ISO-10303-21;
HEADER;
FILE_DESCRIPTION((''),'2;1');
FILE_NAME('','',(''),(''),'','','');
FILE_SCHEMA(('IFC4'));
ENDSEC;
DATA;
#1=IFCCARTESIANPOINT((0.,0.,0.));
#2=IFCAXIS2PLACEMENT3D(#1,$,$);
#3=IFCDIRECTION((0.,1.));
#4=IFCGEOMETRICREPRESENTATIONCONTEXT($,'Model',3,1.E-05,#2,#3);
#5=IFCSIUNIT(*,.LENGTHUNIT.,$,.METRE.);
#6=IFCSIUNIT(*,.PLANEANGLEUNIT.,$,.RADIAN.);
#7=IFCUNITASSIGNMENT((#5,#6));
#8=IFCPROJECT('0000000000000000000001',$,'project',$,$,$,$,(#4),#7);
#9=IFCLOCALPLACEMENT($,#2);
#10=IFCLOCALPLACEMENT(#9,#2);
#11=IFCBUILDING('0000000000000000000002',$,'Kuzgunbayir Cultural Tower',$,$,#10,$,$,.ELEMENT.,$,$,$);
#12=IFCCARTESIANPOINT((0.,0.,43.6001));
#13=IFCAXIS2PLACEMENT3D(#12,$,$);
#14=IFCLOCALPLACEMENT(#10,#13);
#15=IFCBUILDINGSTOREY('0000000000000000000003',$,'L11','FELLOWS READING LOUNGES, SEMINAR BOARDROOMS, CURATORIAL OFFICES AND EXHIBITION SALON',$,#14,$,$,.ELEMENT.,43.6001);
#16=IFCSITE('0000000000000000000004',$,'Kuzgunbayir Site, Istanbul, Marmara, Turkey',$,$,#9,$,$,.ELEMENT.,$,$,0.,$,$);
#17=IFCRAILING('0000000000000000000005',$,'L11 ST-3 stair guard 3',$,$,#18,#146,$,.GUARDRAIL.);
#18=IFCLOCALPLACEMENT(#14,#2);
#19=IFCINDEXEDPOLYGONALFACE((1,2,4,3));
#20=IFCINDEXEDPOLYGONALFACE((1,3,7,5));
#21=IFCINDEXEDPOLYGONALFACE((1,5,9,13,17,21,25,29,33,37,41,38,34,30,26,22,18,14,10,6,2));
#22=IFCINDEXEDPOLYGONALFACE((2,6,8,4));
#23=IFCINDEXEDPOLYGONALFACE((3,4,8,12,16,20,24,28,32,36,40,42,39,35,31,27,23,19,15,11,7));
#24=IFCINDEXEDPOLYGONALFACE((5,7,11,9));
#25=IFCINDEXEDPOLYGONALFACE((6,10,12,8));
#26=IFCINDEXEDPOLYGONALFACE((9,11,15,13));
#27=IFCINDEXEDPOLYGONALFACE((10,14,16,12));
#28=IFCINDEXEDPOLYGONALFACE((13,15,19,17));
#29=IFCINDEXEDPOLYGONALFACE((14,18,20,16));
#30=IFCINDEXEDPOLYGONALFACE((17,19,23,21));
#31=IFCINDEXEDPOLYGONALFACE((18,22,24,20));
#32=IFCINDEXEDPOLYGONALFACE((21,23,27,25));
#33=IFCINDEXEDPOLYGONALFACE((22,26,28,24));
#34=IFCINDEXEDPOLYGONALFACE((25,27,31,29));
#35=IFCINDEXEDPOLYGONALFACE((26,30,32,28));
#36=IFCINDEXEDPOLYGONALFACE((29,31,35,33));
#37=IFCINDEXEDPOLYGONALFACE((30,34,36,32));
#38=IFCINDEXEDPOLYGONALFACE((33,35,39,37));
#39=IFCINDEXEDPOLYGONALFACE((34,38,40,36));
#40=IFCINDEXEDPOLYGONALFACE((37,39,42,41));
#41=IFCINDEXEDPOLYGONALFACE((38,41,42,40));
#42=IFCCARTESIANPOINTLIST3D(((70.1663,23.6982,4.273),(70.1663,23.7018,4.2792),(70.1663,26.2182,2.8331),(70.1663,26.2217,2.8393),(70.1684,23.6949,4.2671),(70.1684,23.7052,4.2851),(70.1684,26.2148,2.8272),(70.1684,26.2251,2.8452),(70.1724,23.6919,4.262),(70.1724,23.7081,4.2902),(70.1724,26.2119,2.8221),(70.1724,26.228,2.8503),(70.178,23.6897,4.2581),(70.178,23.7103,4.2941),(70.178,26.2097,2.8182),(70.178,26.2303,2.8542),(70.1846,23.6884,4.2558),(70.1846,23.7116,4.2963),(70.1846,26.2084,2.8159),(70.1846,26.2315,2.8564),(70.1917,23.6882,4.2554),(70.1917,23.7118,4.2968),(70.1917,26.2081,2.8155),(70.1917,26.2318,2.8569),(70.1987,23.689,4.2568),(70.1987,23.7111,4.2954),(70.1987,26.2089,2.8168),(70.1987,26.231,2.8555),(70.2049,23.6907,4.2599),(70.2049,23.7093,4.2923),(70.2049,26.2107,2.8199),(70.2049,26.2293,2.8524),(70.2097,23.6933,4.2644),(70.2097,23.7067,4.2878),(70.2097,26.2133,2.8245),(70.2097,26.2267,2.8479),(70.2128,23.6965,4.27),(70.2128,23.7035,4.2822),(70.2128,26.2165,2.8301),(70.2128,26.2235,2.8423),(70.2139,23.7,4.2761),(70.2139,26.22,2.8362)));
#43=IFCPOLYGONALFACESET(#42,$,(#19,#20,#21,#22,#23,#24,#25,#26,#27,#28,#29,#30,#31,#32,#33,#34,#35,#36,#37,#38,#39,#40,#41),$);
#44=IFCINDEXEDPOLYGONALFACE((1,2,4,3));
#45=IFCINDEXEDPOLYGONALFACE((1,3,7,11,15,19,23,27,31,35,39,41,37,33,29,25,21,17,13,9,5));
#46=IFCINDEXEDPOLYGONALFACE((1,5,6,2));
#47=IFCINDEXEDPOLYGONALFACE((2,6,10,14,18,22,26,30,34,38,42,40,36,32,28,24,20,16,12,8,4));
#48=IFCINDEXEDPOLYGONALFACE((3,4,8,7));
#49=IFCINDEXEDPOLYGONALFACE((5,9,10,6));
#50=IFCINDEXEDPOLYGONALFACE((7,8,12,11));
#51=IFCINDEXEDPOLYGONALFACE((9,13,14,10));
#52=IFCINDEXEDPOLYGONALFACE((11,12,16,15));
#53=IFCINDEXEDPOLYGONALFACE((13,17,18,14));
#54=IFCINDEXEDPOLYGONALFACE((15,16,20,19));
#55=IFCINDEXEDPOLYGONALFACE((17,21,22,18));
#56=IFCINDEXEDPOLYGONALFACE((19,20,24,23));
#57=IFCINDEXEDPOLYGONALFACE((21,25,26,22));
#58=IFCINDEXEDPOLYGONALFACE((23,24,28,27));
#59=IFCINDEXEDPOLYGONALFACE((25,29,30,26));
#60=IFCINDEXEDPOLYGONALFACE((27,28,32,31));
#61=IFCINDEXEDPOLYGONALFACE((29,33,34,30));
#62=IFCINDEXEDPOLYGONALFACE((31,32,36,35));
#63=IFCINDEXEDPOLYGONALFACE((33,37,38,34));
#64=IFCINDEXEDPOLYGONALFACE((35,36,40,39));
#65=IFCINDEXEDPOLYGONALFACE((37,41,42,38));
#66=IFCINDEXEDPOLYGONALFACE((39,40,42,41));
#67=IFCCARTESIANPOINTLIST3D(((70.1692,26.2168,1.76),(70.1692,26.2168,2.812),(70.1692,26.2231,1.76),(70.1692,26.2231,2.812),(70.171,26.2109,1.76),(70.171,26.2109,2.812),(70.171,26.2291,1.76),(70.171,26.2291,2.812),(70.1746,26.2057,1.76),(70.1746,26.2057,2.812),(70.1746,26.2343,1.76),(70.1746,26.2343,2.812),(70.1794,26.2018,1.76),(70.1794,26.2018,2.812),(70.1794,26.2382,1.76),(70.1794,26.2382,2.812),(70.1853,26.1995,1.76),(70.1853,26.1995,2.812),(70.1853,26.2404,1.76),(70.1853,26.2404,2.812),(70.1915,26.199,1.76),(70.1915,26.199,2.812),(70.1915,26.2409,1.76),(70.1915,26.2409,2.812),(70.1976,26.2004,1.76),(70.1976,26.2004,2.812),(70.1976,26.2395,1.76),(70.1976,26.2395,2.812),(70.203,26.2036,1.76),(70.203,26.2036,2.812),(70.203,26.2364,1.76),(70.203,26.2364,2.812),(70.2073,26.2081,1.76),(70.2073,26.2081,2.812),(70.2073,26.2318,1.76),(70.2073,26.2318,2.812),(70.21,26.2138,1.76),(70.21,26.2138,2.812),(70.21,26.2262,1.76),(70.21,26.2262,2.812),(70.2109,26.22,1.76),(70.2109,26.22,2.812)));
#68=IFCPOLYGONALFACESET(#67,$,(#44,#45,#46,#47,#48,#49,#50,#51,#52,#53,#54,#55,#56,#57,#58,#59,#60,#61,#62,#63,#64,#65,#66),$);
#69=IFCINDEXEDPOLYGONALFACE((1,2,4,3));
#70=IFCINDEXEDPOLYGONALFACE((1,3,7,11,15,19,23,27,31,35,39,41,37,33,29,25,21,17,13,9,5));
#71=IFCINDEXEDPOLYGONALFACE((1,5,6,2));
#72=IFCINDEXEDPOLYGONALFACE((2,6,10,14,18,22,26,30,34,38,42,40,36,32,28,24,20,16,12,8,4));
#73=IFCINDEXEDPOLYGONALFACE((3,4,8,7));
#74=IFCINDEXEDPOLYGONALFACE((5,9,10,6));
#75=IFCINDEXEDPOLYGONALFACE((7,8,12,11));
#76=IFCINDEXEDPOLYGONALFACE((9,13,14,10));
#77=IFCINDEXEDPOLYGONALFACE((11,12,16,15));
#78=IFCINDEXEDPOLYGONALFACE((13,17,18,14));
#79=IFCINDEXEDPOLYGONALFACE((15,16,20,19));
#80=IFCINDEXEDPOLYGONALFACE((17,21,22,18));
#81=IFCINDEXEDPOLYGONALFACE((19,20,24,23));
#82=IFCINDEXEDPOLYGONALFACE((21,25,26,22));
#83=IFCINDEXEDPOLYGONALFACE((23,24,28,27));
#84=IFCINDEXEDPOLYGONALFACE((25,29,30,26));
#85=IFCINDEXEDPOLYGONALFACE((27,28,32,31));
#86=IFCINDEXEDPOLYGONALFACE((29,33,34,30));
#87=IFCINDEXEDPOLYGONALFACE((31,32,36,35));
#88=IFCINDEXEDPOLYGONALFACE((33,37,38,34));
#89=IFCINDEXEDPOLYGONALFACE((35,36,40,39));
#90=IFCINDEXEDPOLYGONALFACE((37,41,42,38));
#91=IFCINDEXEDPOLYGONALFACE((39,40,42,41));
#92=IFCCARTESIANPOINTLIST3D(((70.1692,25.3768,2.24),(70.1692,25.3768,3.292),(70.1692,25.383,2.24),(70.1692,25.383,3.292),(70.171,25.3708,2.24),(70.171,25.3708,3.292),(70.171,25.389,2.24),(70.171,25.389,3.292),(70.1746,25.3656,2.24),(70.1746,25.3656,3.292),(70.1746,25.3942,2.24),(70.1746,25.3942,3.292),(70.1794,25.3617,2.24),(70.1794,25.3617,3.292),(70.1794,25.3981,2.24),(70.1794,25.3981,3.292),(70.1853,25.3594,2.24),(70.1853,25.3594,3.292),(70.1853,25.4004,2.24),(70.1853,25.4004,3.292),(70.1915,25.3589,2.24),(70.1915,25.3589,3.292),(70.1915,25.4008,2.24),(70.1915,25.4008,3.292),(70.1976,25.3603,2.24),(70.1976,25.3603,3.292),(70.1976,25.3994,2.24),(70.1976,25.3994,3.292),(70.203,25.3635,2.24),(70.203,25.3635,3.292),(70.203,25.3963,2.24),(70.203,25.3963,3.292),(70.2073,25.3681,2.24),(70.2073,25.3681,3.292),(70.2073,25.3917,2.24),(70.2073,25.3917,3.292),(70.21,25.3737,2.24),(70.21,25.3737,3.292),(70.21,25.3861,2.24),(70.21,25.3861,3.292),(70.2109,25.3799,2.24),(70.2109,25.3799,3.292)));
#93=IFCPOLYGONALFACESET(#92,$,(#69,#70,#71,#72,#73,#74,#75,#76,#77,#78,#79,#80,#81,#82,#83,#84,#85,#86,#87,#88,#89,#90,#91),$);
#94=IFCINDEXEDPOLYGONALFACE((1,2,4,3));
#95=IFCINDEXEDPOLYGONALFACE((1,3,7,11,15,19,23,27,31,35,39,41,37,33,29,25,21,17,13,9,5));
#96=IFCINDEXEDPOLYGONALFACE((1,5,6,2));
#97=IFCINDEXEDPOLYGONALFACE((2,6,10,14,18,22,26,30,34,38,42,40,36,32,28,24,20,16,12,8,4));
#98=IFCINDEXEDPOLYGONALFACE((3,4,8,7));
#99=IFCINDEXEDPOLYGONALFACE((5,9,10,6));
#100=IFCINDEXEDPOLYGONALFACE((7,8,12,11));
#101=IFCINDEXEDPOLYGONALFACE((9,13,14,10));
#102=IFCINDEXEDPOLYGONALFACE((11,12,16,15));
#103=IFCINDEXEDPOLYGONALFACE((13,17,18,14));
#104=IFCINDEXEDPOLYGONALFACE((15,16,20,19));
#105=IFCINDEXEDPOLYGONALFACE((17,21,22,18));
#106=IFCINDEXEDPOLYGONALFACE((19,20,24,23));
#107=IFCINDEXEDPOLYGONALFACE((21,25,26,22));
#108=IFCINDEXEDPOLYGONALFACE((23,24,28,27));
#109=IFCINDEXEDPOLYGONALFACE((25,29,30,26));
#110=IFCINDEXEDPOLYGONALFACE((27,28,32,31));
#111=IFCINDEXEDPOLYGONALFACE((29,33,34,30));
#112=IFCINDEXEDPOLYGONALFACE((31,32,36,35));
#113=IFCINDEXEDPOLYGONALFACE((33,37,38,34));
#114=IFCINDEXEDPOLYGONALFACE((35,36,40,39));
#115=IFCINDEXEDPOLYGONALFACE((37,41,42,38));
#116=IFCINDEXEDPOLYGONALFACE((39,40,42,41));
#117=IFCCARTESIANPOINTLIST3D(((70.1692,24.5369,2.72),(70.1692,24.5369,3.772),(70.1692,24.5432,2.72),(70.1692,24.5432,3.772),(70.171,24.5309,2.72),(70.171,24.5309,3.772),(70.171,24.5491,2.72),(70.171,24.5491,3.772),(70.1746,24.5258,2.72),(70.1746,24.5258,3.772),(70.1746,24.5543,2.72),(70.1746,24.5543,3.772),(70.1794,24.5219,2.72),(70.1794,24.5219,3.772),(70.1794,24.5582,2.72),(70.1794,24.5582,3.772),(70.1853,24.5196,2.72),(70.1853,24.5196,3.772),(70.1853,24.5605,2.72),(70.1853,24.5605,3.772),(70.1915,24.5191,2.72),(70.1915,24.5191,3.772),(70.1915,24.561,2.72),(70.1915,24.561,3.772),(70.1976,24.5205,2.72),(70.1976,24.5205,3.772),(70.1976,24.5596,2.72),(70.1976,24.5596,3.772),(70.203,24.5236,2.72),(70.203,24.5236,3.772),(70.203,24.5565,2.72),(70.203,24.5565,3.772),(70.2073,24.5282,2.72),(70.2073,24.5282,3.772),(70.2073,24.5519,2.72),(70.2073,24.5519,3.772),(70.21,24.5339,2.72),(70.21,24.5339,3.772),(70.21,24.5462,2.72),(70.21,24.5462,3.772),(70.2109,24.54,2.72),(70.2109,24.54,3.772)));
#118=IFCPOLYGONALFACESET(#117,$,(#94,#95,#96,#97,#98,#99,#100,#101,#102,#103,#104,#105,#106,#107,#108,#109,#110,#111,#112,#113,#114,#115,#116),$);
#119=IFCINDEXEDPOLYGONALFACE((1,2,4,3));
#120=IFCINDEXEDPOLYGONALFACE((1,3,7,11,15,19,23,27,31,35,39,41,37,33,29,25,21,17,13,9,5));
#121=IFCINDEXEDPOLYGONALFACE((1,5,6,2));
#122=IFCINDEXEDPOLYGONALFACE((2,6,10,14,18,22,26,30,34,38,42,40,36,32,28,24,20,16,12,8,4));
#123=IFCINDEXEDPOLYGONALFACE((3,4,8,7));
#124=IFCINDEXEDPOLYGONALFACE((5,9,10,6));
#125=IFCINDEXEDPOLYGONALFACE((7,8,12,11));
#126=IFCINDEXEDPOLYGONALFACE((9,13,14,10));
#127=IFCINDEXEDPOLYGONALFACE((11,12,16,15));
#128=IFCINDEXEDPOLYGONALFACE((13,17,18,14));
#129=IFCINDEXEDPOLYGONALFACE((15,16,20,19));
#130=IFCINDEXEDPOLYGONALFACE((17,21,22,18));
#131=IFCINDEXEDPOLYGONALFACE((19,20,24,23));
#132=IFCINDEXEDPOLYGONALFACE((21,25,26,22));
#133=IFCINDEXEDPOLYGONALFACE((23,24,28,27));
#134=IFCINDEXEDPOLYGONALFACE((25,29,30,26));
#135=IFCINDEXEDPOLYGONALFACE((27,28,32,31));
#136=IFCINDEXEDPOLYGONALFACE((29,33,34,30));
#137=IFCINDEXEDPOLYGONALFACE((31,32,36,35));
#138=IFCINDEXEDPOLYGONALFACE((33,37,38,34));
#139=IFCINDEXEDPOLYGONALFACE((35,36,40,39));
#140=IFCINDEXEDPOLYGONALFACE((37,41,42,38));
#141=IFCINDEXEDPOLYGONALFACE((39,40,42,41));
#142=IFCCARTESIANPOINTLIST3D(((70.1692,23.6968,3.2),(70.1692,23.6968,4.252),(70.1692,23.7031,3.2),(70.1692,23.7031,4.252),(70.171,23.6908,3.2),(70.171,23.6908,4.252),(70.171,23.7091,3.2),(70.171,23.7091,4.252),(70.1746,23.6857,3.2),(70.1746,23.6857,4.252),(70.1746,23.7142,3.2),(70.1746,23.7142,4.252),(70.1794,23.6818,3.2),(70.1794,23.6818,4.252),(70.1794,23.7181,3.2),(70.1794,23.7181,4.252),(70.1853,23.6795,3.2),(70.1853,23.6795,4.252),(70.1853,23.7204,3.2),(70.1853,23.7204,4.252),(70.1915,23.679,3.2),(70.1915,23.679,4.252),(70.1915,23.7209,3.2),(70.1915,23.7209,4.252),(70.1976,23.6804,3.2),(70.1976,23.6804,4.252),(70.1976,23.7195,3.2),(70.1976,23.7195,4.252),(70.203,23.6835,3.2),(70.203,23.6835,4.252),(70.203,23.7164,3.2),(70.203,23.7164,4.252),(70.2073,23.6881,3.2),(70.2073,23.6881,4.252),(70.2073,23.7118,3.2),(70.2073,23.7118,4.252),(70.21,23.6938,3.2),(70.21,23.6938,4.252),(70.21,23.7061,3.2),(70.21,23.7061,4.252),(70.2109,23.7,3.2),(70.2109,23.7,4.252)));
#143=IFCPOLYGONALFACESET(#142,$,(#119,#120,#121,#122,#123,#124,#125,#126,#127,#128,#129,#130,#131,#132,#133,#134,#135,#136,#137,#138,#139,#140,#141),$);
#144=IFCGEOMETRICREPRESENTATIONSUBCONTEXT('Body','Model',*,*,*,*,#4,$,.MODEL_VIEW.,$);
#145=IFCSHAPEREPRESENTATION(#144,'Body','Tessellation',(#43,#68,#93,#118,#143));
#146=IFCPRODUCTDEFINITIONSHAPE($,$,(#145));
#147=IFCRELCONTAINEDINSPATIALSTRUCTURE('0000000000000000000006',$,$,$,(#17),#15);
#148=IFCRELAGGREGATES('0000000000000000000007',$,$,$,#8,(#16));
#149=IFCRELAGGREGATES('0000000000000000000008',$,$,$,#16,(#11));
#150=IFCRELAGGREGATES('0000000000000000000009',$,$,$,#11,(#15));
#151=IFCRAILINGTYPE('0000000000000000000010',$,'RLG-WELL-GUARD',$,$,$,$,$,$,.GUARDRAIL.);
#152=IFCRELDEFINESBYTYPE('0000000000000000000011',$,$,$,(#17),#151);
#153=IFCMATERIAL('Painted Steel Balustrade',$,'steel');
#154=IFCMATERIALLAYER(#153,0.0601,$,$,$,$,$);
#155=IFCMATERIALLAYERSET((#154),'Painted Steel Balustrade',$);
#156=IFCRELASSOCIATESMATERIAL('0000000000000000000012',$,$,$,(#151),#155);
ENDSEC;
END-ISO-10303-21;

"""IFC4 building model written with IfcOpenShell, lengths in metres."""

from ifc_helpers import new_model, si_unit, direction, frame, origin, origin_2d, place, context, subcontext, project, spatial, circle, extrude, material, layer, layer_set, type_object, element, save


model = new_model("IFC4")

# Units and contexts
model_context = context("Model", 3, precision=1e-05, world=origin(), true_north=direction((0.0, 1.0)))
body_context = subcontext(model_context, "Body", "Model", "MODEL_VIEW")
ifc_project = project(units=[si_unit("LENGTHUNIT", "METRE"), si_unit("PLANEANGLEUNIT", "RADIAN")], contexts=[model_context])

# Site, building, storey
site_placement = place(None, origin())
site = spatial("IfcSite", under=ifc_project, at=site_placement, Name="Kuzgunbayir Site, Istanbul, Marmara, Turkey", CompositionType="ELEMENT", RefElevation=0.0)
building_placement = place(site_placement, origin())
building = spatial("IfcBuilding", under=site, at=building_placement, Name="Kuzgunbayir Cultural Tower", CompositionType="ELEMENT")
storey_placement = place(building_placement, frame((0.0, 0.0, 43.6001)))
storey = spatial("IfcBuildingStorey", under=building, at=storey_placement, Name="L11", Description="FELLOWS READING LOUNGES, SEMINAR BOARDROOMS, CURATORIAL OFFICES AND EXHIBITION SALON", CompositionType="ELEMENT", Elevation=43.6001)

# Railing
ifc_material_1 = material(Name="Painted Steel Balustrade", Category="steel")
ifc_layer_1 = layer(ifc_material_1, 0.0601)
ifc_layer_set_1 = layer_set([ifc_layer_1], Name="Painted Steel Balustrade")
railing_type_1 = type_object("IfcRailingType", Name="RLG-WELL-GUARD", PredefinedType="GUARDRAIL", material=ifc_layer_set_1)
railing_1_placement = place(storey_placement, frame((70.1899, 26.22, 1.76)))
element("IfcRailing", 1, at=railing_1_placement, inside=storey, type_object=railing_type_1, Name="L11 ST-3 stair guard 3", PredefinedType="GUARDRAIL", context=body_context, shape_type="SweptSolid", body=[
    extrude(circle(Radius=0.0239, at=origin_2d()), frame((0.0, 0.0, 1.0762), z_axis=(0.0, -0.868253, 0.496121), x_axis=(1.0, 0.0, 0.0)), (0.0, 0.0, 1.0), 2.9023),
    extrude(circle(Radius=0.021, at=origin_2d()), origin(), (0.0, 0.0, 1.0), 1.052),
    extrude(circle(Radius=0.021, at=origin_2d()), frame((0.0, -0.8401, 0.48)), (0.0, 0.0, 1.0), 1.052),
    extrude(circle(Radius=0.021, at=origin_2d()), frame((0.0, -1.6799, 0.96)), (0.0, 0.0, 1.0), 1.052),
    extrude(circle(Radius=0.021, at=origin_2d()), frame((0.0, -2.52, 1.4399)), (0.0, 0.0, 1.0), 1.052),
])

save(model, "model.ifc")
